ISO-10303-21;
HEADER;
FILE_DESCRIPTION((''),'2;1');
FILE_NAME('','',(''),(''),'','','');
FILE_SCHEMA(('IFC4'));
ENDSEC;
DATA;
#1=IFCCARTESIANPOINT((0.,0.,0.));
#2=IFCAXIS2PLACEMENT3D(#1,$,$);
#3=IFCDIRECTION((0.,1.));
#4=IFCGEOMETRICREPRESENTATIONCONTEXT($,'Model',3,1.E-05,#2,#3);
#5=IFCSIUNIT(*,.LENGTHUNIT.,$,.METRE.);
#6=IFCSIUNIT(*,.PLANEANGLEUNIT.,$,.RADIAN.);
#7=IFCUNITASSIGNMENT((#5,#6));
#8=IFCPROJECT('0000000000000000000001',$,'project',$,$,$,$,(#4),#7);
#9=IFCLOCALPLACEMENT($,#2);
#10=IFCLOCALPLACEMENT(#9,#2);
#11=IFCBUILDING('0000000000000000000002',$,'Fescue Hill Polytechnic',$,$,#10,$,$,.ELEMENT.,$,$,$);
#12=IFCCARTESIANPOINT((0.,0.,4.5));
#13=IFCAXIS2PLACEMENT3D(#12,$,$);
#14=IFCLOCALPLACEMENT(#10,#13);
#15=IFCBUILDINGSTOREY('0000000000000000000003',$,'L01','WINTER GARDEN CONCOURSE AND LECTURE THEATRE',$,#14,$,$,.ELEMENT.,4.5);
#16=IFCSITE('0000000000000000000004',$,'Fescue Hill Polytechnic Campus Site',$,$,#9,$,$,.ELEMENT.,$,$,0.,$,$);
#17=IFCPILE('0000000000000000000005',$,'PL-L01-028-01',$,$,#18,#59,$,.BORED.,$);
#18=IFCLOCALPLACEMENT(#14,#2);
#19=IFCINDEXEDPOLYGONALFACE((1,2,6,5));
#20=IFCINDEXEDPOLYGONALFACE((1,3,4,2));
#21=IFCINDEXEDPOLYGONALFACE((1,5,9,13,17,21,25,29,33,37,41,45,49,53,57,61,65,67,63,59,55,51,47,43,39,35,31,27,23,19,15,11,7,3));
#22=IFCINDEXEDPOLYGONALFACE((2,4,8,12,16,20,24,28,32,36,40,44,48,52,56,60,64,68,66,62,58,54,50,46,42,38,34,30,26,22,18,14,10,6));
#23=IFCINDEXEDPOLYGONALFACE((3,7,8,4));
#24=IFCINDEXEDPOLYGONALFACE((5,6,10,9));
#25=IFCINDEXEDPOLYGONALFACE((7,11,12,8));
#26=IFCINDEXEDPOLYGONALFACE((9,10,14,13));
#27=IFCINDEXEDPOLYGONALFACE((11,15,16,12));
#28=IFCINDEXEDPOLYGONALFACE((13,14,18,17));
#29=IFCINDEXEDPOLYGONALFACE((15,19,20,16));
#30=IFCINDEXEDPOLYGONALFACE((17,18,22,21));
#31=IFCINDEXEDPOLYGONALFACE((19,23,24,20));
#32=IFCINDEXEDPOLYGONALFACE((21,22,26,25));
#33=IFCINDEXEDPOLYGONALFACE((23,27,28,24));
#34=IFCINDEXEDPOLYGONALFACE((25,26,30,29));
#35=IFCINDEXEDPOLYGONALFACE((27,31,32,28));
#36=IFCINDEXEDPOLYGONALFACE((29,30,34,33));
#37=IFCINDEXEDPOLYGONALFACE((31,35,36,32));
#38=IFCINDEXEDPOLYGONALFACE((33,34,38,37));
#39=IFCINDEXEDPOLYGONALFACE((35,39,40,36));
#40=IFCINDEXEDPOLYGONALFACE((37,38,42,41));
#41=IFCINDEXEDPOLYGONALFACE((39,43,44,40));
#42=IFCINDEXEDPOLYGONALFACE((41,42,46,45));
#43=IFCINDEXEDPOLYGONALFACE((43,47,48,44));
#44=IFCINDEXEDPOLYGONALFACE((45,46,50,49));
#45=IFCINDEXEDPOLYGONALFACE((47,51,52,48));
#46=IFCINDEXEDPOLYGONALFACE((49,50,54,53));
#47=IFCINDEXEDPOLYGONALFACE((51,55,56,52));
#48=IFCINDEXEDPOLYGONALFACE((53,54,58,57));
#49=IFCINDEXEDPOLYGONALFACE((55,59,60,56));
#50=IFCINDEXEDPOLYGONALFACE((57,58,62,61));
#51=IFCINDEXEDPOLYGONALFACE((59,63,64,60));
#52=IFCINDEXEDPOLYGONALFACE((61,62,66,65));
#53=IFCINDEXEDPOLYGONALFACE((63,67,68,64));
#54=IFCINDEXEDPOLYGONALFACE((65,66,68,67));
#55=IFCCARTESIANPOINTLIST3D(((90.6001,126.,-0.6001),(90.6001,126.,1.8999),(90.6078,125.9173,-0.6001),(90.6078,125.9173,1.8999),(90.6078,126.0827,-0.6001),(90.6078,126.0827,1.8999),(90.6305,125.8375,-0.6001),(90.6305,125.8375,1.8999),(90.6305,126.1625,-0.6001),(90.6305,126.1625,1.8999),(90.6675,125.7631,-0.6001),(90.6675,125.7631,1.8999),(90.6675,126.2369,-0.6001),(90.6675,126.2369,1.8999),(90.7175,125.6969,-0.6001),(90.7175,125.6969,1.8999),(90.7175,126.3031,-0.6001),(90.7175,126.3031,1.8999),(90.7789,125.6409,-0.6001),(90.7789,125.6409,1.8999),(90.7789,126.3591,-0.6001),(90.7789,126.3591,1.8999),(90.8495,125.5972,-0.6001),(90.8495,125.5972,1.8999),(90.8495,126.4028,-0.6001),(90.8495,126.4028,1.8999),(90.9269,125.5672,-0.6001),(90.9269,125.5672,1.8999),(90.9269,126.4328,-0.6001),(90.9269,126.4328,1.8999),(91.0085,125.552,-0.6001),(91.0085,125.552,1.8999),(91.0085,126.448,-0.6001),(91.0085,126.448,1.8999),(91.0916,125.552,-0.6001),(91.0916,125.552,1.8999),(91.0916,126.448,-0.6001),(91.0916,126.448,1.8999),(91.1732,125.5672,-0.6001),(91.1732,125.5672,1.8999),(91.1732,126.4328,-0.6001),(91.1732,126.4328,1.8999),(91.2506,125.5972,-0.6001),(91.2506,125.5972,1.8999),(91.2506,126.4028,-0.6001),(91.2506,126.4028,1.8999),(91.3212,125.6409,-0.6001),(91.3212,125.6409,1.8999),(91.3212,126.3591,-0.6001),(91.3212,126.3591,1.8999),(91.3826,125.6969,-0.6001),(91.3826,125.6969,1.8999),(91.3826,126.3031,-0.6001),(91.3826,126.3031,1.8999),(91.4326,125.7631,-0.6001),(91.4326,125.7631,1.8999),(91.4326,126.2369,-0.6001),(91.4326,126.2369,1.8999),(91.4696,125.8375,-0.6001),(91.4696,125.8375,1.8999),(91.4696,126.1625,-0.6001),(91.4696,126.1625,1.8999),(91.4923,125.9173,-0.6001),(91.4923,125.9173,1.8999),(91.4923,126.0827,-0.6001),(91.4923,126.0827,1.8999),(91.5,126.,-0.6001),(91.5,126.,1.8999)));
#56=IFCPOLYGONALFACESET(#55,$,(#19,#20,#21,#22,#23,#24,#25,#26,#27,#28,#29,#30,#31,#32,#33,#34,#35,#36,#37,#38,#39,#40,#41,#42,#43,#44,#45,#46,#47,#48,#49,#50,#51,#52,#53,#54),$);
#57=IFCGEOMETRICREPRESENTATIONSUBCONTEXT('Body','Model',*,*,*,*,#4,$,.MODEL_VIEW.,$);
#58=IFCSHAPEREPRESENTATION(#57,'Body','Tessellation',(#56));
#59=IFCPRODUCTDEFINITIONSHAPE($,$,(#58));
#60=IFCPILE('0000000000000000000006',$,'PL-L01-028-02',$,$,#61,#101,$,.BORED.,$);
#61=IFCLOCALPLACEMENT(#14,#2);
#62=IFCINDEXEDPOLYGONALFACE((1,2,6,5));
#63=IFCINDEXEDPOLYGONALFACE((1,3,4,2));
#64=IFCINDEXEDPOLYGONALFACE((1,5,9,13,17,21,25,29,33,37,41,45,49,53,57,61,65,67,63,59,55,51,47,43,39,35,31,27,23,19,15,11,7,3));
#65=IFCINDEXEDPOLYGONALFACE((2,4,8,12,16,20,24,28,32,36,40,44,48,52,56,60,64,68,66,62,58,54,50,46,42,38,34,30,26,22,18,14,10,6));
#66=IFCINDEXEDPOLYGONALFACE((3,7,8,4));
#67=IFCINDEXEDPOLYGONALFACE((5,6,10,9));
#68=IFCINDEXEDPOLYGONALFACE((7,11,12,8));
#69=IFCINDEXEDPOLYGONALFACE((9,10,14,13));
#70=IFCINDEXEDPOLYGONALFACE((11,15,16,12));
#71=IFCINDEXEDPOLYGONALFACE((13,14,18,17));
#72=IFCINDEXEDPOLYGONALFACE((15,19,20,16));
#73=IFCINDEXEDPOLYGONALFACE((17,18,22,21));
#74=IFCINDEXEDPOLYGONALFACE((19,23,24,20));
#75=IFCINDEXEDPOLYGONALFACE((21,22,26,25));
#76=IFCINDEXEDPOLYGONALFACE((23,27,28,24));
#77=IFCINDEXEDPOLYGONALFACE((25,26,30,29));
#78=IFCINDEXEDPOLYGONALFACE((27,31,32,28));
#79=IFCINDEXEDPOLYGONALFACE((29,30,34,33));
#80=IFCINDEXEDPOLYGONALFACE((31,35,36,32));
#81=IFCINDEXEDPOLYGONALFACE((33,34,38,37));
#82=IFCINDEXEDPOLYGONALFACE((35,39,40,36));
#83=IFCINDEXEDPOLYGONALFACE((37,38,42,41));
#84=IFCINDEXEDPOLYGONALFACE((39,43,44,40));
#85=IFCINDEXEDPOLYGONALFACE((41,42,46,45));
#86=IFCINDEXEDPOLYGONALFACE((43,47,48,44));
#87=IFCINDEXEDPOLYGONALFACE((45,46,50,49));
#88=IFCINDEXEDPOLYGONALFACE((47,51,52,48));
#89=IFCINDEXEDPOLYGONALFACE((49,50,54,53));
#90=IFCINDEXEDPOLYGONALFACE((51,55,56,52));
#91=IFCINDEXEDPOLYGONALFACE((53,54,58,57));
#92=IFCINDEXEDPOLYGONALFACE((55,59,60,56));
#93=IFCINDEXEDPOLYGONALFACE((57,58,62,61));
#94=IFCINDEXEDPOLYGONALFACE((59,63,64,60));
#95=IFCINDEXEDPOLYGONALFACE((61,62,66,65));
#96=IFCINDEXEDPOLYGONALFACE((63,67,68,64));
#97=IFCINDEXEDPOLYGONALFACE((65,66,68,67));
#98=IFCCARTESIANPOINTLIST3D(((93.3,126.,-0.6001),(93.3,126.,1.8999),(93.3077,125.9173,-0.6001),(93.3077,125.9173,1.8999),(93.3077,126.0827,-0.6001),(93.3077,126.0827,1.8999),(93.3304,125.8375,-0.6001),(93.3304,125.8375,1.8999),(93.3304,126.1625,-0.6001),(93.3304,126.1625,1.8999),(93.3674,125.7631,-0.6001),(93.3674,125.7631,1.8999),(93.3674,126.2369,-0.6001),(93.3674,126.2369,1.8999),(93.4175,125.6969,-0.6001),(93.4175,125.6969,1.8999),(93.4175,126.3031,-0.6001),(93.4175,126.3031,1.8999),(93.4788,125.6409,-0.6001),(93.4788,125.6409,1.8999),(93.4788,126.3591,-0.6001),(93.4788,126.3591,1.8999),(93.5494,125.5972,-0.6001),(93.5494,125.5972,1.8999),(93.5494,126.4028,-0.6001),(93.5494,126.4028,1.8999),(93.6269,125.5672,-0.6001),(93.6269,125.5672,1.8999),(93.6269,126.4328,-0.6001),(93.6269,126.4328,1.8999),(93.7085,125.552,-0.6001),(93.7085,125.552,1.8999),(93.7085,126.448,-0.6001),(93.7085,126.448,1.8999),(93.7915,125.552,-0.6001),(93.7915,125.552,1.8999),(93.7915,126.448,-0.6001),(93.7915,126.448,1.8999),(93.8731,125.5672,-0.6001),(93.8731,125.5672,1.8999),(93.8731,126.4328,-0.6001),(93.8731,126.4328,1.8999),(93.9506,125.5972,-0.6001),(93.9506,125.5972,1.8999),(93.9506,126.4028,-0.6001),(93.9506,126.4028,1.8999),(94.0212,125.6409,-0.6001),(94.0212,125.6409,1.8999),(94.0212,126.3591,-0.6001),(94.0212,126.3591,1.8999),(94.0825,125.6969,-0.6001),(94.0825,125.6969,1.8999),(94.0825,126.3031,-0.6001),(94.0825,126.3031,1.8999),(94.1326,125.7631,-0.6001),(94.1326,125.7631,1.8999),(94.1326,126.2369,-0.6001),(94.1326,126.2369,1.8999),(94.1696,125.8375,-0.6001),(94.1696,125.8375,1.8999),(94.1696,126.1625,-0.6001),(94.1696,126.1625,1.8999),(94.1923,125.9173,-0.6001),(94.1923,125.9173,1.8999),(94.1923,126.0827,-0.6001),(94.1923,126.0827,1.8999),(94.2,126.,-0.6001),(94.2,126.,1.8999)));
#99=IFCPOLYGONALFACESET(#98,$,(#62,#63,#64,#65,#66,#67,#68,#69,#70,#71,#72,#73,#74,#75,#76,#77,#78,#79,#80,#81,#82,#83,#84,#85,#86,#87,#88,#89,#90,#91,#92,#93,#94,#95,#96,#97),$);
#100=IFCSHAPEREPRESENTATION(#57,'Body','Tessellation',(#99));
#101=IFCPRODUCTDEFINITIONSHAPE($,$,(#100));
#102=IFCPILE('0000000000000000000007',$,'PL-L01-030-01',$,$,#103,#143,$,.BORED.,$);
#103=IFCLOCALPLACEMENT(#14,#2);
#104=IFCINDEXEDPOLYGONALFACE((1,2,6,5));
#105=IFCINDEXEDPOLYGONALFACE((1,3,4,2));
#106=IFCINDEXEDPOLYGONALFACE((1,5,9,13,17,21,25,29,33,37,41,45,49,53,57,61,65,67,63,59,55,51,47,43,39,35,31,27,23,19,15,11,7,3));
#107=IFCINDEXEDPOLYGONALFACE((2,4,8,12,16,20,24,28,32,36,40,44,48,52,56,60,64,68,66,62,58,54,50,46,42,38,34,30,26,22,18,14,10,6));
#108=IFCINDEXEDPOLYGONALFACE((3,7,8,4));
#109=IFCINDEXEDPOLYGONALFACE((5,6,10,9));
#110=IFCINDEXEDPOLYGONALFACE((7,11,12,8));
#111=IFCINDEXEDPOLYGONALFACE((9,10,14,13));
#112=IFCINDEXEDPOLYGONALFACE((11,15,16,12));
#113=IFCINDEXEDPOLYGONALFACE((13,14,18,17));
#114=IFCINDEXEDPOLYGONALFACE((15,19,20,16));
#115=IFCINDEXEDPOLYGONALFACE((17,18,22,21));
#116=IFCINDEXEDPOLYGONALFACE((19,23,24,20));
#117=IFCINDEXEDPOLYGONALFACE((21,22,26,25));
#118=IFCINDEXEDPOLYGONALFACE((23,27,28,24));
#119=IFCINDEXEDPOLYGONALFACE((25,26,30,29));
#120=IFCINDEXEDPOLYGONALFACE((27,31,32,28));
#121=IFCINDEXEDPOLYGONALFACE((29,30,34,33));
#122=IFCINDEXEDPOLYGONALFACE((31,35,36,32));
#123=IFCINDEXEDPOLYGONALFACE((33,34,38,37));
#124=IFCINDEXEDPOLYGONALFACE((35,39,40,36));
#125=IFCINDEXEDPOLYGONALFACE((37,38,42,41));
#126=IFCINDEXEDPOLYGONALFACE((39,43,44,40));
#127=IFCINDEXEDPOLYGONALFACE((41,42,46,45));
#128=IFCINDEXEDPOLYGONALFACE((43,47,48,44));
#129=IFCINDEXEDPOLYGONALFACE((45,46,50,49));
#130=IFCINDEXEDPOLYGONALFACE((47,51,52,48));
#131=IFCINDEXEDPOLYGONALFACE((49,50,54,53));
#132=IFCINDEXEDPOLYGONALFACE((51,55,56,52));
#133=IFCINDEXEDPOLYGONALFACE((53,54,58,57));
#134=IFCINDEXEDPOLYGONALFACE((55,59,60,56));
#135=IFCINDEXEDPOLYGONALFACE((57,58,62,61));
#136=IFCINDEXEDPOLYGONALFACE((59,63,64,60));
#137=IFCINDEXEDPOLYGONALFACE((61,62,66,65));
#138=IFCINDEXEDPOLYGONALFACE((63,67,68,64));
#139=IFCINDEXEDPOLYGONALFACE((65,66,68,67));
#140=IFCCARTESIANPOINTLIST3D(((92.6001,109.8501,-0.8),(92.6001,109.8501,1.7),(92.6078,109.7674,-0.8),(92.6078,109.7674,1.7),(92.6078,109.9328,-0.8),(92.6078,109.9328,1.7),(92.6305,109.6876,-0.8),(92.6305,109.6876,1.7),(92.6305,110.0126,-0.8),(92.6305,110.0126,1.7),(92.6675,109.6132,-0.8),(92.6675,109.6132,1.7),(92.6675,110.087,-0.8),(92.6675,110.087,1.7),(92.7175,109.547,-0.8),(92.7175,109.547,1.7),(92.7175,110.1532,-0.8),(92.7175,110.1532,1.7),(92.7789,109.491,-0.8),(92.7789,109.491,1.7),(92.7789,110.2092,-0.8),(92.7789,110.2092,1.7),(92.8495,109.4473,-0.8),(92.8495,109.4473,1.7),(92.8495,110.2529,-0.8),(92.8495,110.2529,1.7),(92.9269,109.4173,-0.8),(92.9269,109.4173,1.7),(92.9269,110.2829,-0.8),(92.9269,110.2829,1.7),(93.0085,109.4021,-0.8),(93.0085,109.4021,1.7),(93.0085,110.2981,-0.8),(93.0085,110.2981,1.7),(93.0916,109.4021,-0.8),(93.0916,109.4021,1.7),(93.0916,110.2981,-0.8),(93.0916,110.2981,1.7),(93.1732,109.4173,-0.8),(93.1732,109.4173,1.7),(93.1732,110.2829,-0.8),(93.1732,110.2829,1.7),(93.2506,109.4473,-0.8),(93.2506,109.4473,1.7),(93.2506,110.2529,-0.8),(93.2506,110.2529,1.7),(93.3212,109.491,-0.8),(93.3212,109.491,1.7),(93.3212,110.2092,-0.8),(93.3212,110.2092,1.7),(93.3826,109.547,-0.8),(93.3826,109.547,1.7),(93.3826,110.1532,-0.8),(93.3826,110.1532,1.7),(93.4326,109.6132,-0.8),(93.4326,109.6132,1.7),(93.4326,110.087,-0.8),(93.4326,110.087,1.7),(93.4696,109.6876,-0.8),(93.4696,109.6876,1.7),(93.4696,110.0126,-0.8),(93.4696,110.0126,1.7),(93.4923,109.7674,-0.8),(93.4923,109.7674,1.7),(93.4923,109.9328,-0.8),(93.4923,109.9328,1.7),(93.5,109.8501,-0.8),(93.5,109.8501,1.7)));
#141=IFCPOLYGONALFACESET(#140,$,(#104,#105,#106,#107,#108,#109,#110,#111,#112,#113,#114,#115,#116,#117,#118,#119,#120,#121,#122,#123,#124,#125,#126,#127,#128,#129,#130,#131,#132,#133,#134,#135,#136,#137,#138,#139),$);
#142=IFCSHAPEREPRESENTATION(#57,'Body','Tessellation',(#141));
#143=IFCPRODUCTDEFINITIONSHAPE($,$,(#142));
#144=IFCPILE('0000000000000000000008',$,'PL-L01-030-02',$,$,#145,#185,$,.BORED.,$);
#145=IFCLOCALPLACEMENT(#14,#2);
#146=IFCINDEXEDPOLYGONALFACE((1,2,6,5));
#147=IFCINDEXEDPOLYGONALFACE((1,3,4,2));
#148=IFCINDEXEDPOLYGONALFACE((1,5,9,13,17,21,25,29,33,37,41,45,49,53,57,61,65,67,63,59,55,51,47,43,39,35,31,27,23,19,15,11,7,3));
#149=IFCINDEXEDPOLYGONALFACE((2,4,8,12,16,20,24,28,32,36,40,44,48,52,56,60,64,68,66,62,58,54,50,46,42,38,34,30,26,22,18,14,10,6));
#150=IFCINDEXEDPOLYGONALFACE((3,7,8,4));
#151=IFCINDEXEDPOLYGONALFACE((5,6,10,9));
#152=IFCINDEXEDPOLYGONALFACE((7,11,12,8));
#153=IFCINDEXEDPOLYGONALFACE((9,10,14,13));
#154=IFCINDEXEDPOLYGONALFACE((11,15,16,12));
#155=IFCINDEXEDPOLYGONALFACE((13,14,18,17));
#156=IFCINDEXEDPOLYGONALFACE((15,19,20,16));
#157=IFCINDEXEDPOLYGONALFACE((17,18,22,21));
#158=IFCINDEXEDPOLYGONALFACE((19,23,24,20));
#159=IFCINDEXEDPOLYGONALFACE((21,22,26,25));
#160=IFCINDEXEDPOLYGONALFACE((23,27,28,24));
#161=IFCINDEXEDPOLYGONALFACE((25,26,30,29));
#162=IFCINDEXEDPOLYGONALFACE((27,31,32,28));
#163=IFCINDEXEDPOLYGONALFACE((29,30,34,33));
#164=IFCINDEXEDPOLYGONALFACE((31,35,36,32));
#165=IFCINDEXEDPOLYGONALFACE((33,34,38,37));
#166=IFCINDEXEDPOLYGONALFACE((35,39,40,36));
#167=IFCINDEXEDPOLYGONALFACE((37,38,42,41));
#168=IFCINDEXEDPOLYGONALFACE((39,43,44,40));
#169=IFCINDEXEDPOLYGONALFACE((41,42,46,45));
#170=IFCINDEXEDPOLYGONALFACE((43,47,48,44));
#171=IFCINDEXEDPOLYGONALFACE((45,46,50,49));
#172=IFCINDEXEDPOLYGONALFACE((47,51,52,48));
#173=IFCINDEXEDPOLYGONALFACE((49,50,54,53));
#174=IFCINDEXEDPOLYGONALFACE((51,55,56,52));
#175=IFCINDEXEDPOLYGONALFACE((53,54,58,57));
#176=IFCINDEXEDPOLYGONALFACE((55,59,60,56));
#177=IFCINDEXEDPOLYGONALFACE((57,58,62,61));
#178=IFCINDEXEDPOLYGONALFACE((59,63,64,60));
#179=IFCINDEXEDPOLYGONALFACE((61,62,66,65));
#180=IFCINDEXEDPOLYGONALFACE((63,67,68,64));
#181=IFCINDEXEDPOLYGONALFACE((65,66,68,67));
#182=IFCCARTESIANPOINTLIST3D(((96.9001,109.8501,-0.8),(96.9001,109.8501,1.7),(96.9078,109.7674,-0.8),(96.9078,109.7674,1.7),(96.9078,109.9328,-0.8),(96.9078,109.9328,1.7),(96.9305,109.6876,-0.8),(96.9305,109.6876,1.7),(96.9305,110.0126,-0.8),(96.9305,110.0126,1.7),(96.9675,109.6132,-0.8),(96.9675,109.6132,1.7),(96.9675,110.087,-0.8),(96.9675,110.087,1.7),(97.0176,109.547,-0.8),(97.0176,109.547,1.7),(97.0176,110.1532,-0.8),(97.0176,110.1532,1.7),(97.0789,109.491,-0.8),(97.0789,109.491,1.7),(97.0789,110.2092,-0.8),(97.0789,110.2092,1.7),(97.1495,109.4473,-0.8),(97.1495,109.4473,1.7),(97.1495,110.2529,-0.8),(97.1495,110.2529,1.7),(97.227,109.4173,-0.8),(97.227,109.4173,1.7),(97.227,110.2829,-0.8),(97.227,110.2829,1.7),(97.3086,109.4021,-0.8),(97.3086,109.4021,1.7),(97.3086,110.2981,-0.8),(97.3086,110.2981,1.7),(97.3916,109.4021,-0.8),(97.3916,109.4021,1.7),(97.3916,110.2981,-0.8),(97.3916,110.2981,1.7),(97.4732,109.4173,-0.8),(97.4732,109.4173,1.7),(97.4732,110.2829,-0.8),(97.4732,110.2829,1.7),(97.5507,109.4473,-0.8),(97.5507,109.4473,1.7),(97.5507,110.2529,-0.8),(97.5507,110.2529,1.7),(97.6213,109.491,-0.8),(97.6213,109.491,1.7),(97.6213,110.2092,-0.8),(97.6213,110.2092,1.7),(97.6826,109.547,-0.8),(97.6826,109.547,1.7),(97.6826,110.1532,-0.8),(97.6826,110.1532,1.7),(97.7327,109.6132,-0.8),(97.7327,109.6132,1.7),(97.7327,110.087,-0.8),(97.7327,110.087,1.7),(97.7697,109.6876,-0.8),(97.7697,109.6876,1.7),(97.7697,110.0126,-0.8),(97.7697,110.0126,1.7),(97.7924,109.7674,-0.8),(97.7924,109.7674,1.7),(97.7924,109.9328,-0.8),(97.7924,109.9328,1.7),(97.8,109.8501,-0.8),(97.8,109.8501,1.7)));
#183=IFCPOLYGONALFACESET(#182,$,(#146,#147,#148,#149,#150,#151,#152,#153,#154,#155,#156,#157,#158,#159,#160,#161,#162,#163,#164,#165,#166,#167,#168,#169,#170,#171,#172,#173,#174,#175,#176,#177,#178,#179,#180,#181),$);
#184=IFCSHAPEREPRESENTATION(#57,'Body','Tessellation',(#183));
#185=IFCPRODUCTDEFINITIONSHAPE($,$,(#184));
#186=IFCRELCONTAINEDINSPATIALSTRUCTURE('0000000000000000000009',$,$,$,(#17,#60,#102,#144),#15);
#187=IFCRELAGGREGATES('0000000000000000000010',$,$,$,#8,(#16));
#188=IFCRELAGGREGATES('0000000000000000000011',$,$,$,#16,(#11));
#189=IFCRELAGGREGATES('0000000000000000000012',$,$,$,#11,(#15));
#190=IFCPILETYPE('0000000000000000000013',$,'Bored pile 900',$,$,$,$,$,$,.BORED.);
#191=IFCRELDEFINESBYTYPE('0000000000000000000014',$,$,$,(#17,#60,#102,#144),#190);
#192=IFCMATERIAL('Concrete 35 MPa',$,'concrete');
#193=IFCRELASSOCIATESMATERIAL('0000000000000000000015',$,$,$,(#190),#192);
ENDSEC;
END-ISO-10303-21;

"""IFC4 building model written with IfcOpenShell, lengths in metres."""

from ifc_helpers import new_model, si_unit, direction, frame, origin, origin_2d, place, context, subcontext, project, spatial, circle, extrude, material, material_profile, profile_set, type_object, element, save


model = new_model("IFC4")

# Units and contexts
model_context = context("Model", 3, precision=1e-05, world=origin(), true_north=direction((0.0, 1.0)))
body_context = subcontext(model_context, "Body", "Model", "MODEL_VIEW")
ifc_project = project(units=[si_unit("LENGTHUNIT", "METRE"), si_unit("PLANEANGLEUNIT", "RADIAN")], contexts=[model_context])

# Site, building, storey
site_placement = place(None, origin())
site = spatial("IfcSite", under=ifc_project, at=site_placement, Name="Fescue Hill Polytechnic Campus Site", CompositionType="ELEMENT", RefElevation=0.0)
building_placement = place(site_placement, origin())
building = spatial("IfcBuilding", under=site, at=building_placement, Name="Fescue Hill Polytechnic", CompositionType="ELEMENT")
storey_placement = place(building_placement, frame((0.0, 0.0, 4.5)))
storey = spatial("IfcBuildingStorey", under=building, at=storey_placement, Name="L01", Description="WINTER GARDEN CONCOURSE AND LECTURE THEATRE", CompositionType="ELEMENT", Elevation=4.5)

# Piles
ifc_material_1 = material(Name="Concrete 35 MPa", Category="concrete")
ifc_material_profile_1 = material_profile(ifc_material_1, circle(Radius=0.45, at=origin_2d()), Name="Bored pile 900")
ifc_profile_set_1 = profile_set([ifc_material_profile_1], Name="Concrete 35 MPa")
pile_type = type_object("IfcPileType", Name="Bored pile 900", PredefinedType="BORED", material=ifc_profile_set_1)
for number, where, z_axis, x_axis, name in (
    (1, (91.05, 126.0, 1.8999), (0.0, 0.0, -1.0), (1.0, 0.0, 0.0), "PL-L01-028-01"),
    (2, (93.75, 126.0, 1.8999), (0.0, 0.0, -1.0), (1.0, 0.0, 0.0), "PL-L01-028-02"),
    (3, (93.05, 109.8501, 1.7), (0.0, 0.0, -1.0), (1.0, 0.0, 0.0), "PL-L01-030-01"),
    (4, (97.3501, 109.8501, 1.7), (0.0, 0.0, -1.0), (1.0, 0.0, 0.0), "PL-L01-030-02"),
):
    element("IfcPile", number, at=place(storey_placement, frame(where, z_axis=z_axis, x_axis=x_axis)), inside=storey, type_object=pile_type, Name=name, PredefinedType="BORED", context=body_context, shape_type="SweptSolid", body=[
        extrude(circle(Radius=0.45, at=origin_2d()), origin(), (0.0, 0.0, 1.0), 2.5),
    ])

save(model, "model.ifc")
